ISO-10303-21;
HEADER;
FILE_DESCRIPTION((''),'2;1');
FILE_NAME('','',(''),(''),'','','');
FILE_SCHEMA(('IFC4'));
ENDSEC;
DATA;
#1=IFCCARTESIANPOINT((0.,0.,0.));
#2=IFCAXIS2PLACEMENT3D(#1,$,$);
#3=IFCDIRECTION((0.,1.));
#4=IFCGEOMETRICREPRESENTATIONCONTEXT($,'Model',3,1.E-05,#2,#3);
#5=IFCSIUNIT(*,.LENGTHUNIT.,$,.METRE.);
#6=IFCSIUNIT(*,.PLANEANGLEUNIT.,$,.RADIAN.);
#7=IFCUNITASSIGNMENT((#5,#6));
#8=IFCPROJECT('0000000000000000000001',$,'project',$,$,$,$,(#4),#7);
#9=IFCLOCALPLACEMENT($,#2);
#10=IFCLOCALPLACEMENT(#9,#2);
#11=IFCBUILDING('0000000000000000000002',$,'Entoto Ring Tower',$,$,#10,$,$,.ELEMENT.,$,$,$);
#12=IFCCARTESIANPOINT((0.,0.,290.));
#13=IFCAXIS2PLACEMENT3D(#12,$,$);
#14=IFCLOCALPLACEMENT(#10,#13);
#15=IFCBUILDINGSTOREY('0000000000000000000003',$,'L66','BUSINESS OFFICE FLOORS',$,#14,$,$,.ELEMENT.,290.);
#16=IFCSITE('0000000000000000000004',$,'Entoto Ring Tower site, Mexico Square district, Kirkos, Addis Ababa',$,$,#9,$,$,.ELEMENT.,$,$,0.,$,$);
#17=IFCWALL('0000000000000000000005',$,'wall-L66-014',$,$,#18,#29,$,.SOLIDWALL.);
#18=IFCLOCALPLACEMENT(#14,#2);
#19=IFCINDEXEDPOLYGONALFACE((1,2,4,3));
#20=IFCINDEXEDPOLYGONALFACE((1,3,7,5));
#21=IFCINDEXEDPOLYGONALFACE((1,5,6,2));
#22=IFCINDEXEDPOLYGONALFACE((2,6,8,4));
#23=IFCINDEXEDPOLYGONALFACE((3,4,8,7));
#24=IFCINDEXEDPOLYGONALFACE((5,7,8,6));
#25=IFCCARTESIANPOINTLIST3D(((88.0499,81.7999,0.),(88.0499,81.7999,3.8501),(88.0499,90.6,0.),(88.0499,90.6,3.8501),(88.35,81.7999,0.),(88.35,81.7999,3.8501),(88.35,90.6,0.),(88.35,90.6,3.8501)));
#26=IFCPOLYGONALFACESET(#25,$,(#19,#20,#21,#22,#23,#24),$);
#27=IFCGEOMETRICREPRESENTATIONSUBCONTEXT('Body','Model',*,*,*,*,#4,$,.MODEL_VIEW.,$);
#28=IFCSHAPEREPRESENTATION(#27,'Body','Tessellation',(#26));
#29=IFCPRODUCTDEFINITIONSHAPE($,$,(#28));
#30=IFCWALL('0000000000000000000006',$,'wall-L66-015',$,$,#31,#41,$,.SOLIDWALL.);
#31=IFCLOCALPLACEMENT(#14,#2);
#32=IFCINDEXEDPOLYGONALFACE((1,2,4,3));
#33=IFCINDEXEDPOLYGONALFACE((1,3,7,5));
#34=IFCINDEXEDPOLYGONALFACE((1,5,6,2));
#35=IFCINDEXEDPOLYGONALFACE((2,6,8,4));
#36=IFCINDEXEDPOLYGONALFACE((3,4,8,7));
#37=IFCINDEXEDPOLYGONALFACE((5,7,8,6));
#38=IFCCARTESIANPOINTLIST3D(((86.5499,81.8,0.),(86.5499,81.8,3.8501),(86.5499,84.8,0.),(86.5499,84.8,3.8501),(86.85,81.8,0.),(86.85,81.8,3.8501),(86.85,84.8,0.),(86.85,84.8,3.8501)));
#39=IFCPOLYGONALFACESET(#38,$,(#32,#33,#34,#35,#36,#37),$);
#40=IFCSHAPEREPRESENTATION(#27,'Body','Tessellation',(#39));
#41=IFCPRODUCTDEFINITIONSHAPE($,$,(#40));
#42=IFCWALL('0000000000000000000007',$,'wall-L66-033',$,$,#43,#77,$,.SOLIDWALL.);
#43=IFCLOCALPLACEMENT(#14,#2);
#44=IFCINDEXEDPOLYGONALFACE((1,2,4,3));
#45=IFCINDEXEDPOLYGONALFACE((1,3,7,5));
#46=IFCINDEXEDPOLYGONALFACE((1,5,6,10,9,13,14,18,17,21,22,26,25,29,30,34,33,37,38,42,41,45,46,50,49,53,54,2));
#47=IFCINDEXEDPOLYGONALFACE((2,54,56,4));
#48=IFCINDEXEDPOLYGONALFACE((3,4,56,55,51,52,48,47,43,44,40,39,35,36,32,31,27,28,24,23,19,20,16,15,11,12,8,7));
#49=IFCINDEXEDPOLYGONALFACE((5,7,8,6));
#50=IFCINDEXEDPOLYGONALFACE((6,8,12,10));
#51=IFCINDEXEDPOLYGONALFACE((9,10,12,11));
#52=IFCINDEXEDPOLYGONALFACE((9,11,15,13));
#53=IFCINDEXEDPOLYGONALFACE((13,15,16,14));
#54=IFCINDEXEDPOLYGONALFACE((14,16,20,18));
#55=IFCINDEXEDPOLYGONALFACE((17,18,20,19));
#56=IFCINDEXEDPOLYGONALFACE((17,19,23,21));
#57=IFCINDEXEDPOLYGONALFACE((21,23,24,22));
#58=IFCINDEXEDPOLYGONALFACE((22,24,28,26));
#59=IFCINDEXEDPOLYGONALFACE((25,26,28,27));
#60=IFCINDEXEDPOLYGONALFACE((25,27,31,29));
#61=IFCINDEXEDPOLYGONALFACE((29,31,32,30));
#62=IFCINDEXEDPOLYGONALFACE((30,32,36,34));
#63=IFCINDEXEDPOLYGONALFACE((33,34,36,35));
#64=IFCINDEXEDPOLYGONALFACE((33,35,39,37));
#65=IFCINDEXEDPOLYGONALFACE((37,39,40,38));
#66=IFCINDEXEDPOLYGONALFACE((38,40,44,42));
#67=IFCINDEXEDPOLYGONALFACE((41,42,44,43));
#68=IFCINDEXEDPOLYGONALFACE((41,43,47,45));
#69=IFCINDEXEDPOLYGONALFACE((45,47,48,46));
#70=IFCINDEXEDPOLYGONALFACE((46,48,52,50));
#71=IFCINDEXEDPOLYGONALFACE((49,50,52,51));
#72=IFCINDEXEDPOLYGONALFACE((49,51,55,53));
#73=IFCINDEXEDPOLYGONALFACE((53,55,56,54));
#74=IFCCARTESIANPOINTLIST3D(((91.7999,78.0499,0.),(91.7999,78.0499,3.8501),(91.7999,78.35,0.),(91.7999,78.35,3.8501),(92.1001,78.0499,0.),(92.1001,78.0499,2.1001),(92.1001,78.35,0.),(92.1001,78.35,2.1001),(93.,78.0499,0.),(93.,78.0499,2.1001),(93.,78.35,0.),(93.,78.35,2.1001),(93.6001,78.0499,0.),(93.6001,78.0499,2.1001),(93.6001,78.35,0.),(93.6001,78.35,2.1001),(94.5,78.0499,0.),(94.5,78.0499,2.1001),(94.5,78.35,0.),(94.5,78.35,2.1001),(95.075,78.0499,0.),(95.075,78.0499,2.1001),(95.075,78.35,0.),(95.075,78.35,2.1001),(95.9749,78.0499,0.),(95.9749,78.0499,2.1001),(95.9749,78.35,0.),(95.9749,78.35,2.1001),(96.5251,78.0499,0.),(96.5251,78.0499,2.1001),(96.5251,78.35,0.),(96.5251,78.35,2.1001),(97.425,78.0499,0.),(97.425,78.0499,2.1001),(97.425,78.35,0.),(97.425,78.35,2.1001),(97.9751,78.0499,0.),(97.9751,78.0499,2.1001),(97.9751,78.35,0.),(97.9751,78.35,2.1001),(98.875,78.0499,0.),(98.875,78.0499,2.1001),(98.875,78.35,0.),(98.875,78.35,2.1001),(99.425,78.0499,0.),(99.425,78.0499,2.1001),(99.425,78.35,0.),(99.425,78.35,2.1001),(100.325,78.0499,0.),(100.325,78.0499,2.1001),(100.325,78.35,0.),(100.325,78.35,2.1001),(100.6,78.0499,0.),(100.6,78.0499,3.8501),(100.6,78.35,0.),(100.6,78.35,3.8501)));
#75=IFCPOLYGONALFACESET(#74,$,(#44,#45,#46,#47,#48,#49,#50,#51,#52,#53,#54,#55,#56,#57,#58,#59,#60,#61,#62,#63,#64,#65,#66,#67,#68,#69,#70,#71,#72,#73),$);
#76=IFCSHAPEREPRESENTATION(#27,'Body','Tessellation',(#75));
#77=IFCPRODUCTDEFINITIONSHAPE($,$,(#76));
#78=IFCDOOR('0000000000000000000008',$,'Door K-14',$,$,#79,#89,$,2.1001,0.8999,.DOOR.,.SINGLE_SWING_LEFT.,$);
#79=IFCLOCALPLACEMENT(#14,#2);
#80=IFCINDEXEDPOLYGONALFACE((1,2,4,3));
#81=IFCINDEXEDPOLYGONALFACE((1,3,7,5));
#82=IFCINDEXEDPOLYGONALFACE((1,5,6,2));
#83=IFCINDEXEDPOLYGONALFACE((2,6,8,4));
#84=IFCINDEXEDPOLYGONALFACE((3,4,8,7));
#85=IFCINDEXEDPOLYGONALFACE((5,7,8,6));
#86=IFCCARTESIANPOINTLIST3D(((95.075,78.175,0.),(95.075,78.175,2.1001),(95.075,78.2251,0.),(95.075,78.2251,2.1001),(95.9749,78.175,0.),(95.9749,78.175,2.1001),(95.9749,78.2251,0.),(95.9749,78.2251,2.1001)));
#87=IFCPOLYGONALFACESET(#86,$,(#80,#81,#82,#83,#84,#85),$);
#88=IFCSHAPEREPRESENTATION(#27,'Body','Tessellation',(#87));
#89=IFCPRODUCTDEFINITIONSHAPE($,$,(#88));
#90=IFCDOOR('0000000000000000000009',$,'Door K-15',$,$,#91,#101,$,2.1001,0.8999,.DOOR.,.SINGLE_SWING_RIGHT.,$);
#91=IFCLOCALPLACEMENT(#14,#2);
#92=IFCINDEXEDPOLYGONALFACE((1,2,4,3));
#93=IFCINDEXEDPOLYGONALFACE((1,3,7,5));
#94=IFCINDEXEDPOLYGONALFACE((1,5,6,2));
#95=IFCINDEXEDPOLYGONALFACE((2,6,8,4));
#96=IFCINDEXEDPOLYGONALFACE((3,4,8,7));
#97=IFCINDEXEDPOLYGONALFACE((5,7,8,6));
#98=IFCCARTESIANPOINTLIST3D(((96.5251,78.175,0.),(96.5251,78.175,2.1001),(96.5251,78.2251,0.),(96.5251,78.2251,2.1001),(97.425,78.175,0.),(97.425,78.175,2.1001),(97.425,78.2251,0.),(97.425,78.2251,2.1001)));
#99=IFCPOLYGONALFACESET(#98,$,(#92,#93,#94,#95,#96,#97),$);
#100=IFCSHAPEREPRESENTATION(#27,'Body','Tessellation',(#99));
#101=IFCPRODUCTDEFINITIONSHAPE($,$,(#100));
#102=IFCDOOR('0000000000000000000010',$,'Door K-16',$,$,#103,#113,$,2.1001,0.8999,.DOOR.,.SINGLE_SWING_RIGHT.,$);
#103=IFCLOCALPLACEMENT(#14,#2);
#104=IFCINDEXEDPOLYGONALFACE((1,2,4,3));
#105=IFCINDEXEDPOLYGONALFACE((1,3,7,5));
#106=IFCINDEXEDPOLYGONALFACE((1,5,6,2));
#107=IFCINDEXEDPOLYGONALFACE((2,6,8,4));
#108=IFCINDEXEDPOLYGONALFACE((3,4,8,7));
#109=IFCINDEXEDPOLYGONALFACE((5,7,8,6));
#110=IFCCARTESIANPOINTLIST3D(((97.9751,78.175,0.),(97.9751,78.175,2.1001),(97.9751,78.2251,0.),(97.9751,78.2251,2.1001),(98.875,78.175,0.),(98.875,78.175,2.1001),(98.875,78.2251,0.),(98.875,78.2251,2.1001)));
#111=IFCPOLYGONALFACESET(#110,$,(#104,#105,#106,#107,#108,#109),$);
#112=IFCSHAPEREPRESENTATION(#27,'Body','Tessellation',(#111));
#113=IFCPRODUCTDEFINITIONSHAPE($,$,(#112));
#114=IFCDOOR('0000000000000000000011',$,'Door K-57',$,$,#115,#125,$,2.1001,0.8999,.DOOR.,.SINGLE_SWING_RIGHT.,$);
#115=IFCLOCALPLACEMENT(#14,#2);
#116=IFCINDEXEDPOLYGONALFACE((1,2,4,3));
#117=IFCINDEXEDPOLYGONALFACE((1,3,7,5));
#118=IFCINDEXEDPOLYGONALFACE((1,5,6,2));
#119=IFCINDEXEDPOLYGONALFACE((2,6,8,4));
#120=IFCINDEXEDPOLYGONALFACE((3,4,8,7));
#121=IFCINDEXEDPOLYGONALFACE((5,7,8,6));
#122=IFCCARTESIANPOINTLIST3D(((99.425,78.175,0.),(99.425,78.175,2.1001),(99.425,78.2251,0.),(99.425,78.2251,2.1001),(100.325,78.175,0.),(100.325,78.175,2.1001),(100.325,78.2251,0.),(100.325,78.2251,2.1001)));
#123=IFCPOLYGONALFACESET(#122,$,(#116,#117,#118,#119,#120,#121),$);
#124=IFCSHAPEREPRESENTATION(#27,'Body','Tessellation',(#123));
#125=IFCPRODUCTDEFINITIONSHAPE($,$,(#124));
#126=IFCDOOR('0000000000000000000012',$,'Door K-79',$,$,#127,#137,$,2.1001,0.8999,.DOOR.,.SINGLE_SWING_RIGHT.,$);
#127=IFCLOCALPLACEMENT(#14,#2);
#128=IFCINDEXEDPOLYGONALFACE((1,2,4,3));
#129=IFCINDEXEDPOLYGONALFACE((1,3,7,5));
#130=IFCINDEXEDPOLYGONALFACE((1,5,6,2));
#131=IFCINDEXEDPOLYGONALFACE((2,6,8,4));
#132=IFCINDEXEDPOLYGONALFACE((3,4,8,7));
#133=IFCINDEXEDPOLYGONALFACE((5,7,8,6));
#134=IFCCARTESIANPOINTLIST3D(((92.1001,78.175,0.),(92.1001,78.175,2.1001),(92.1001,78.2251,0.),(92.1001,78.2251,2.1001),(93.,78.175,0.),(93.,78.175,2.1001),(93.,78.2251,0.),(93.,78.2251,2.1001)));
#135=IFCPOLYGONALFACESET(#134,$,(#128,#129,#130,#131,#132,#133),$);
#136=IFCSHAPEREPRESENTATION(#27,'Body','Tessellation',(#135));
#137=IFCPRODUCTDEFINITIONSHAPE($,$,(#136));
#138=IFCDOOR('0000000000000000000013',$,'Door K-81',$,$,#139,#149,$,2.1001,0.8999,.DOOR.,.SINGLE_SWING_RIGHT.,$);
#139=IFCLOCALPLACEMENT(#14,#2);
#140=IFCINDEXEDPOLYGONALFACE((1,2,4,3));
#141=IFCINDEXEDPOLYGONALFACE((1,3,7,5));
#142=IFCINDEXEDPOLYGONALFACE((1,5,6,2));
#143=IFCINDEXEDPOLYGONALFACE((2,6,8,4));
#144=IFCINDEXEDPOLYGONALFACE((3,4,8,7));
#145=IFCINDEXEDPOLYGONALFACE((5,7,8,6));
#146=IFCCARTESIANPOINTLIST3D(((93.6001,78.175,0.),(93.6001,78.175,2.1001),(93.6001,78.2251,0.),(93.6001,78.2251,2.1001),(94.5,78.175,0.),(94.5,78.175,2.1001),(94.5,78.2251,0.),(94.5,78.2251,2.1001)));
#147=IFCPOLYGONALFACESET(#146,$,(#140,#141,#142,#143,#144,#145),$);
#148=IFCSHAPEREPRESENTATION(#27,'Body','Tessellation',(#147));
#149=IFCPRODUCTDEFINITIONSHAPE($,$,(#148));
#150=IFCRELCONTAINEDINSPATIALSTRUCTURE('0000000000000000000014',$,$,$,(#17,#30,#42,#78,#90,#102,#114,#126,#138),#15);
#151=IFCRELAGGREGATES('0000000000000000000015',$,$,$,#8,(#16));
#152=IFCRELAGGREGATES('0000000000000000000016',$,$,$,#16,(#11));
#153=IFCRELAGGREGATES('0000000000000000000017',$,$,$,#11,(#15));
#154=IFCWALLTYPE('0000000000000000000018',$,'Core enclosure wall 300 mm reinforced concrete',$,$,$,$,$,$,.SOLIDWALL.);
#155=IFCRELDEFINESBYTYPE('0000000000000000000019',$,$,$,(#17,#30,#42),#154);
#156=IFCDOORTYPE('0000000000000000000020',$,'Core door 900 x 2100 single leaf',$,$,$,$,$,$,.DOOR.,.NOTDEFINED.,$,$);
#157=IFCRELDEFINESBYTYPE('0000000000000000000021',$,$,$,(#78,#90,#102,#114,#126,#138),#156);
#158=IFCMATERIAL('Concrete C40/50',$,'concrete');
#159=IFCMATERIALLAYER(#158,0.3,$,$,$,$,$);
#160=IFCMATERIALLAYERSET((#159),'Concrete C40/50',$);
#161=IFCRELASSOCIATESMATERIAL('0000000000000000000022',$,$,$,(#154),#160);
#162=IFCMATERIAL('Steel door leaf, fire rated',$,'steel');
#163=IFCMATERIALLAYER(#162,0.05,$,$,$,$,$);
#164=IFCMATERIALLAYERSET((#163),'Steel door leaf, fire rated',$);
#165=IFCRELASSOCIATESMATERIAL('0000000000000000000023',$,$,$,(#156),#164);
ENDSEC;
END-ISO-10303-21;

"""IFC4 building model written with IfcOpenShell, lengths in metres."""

from ifc_helpers import new_model, si_unit, direction, frame, frame_2d, origin, place, context, subcontext, project, spatial, rectangle, extrude, material, layer, layer_set, type_object, element, fill, save


model = new_model("IFC4")

# Units and contexts
model_context = context("Model", 3, precision=1e-05, world=origin(), true_north=direction((0.0, 1.0)))
body_context = subcontext(model_context, "Body", "Model", "MODEL_VIEW")
ifc_project = project(units=[si_unit("LENGTHUNIT", "METRE"), si_unit("PLANEANGLEUNIT", "RADIAN")], contexts=[model_context])

# Site, building, storey
site_placement = place(None, origin())
site = spatial("IfcSite", under=ifc_project, at=site_placement, Name="Entoto Ring Tower site, Mexico Square district, Kirkos, Addis Ababa", CompositionType="ELEMENT", RefElevation=0.0)
building_placement = place(site_placement, origin())
building = spatial("IfcBuilding", under=site, at=building_placement, Name="Entoto Ring Tower", CompositionType="ELEMENT")
storey_placement = place(building_placement, frame((0.0, 0.0, 290.0)))
storey = spatial("IfcBuildingStorey", under=building, at=storey_placement, Name="L66", Description="BUSINESS OFFICE FLOORS", CompositionType="ELEMENT", Elevation=290.0)

# Shared definitions
ifc_material_1 = material(Name="Concrete C40/50", Category="concrete")
ifc_layer_1 = layer(ifc_material_1, 0.3)
ifc_layer_set_1 = layer_set([ifc_layer_1], Name="Concrete C40/50")
wall_type = type_object("IfcWallType", Name="Core enclosure wall 300 mm reinforced concrete", PredefinedType="SOLIDWALL", material=ifc_layer_set_1)

# Shared definitions
ifc_material_2 = material(Name="Steel door leaf, fire rated", Category="steel")
ifc_layer_2 = layer(ifc_material_2, 0.05)
ifc_layer_set_2 = layer_set([ifc_layer_2], Name="Steel door leaf, fire rated")
door_type_1 = type_object("IfcDoorType", Name="Core door 900 x 2100 single leaf", OperationType="NOTDEFINED", PredefinedType="DOOR", material=ifc_layer_set_2)

# Walls
wall_1_placement = place(storey_placement, frame((88.2, 81.8, 0.0), z_axis=(0.0, 0.0, 1.0), x_axis=(0.0, 1.0, 0.0)))
element("IfcWall", 1, at=wall_1_placement, inside=storey, type_object=wall_type, Name="wall-L66-014", PredefinedType="SOLIDWALL", context=body_context, shape_type="SweptSolid", body=[
    extrude(rectangle(XDim=8.8, YDim=0.3, at=frame_2d((4.3999, 0.0))), origin(), (0.0, 0.0, 1.0), 3.8501),
])
wall_2_placement = place(storey_placement, frame((86.7, 81.8, 0.0), z_axis=(0.0, 0.0, 1.0), x_axis=(0.0, 1.0, 0.0)))
element("IfcWall", 2, at=wall_2_placement, inside=storey, type_object=wall_type, Name="wall-L66-015", PredefinedType="SOLIDWALL", context=body_context, shape_type="SweptSolid", body=[
    extrude(rectangle(XDim=3.0, YDim=0.3, at=frame_2d((1.5, 0.0))), origin(), (0.0, 0.0, 1.0), 3.8501),
])

# Wall, openings, doors
wall_3_placement = place(storey_placement, frame((91.8, 78.2, 0.0), z_axis=(0.0, 0.0, 1.0), x_axis=(1.0, 0.0, 0.0)))
wall_3 = element("IfcWall", 3, at=wall_3_placement, inside=storey, type_object=wall_type, Name="wall-L66-033", PredefinedType="SOLIDWALL", context=body_context, shape_type="SweptSolid", body=[
    extrude(rectangle(XDim=8.8, YDim=0.3, at=frame_2d((4.3999, 0.0))), origin(), (0.0, 0.0, 1.0), 3.8501),
])
opening_1_placement = place(wall_3_placement, frame((3.2749, 0.0, 0.0)))
opening_1 = element("IfcOpeningElement", 4, at=opening_1_placement, cuts=wall_3, PredefinedType="OPENING", context=body_context, shape_type="SweptSolid", body=[
    extrude(rectangle(XDim=0.8999, YDim=2.1001, at=frame_2d((0.45, 1.05))), frame((0.0, 0.1602, 0.0), z_axis=(0.0, -1.0, 0.0), x_axis=(1.0, 0.0, 0.0)), (0.0, 0.0, 1.0), 0.3201),
])
opening_2_placement = place(wall_3_placement, frame((4.7251, 0.0, 0.0)))
opening_2 = element("IfcOpeningElement", 5, at=opening_2_placement, cuts=wall_3, PredefinedType="OPENING", context=body_context, shape_type="SweptSolid", body=[
    extrude(rectangle(XDim=0.8999, YDim=2.1001, at=frame_2d((0.45, 1.05))), frame((0.0, 0.1602, 0.0), z_axis=(0.0, -1.0, 0.0), x_axis=(1.0, 0.0, 0.0)), (0.0, 0.0, 1.0), 0.3201),
])
opening_3_placement = place(wall_3_placement, frame((6.175, 0.0, 0.0)))
opening_3 = element("IfcOpeningElement", 6, at=opening_3_placement, cuts=wall_3, PredefinedType="OPENING", context=body_context, shape_type="SweptSolid", body=[
    extrude(rectangle(XDim=0.8999, YDim=2.1001, at=frame_2d((0.45, 1.05))), frame((0.0, 0.1602, 0.0), z_axis=(0.0, -1.0, 0.0), x_axis=(1.0, 0.0, 0.0)), (0.0, 0.0, 1.0), 0.3201),
])
opening_4_placement = place(wall_3_placement, frame((7.625, 0.0, 0.0)))
opening_4 = element("IfcOpeningElement", 7, at=opening_4_placement, cuts=wall_3, PredefinedType="OPENING", context=body_context, shape_type="SweptSolid", body=[
    extrude(rectangle(XDim=0.8999, YDim=2.1001, at=frame_2d((0.45, 1.05))), frame((0.0, 0.1602, 0.0), z_axis=(0.0, -1.0, 0.0), x_axis=(1.0, 0.0, 0.0)), (0.0, 0.0, 1.0), 0.3201),
])
opening_5_placement = place(wall_3_placement, frame((0.3, 0.0, 0.0)))
opening_5 = element("IfcOpeningElement", 8, at=opening_5_placement, cuts=wall_3, PredefinedType="OPENING", context=body_context, shape_type="SweptSolid", body=[
    extrude(rectangle(XDim=0.8999, YDim=2.1001, at=frame_2d((0.45, 1.05))), frame((0.0, 0.1602, 0.0), z_axis=(0.0, -1.0, 0.0), x_axis=(1.0, 0.0, 0.0)), (0.0, 0.0, 1.0), 0.3201),
])
opening_6_placement = place(wall_3_placement, frame((1.8, 0.0, 0.0)))
opening_6 = element("IfcOpeningElement", 9, at=opening_6_placement, cuts=wall_3, PredefinedType="OPENING", context=body_context, shape_type="SweptSolid", body=[
    extrude(rectangle(XDim=0.8999, YDim=2.1001, at=frame_2d((0.45, 1.05))), frame((0.0, 0.1602, 0.0), z_axis=(0.0, -1.0, 0.0), x_axis=(1.0, 0.0, 0.0)), (0.0, 0.0, 1.0), 0.3201),
])
door_1_placement = place(opening_1_placement, frame((0.8999, 0.0, 0.0), z_axis=(0.0, 0.0, 1.0), x_axis=(-1.0, 0.0, 0.0)))
door_1 = element("IfcDoor", 10, at=door_1_placement, inside=storey, type_object=door_type_1, Name="Door K-14", OperationType="SINGLE_SWING_LEFT", OverallHeight=2.1001, OverallWidth=0.8999, PredefinedType="DOOR", context=body_context, shape_type="SweptSolid", body=[
    extrude(rectangle(XDim=0.8999, YDim=2.1001, at=frame_2d((0.45, 1.05))), frame((0.0, 0.0249, 0.0), z_axis=(0.0, -1.0, 0.0), x_axis=(1.0, 0.0, 0.0)), (0.0, 0.0, 1.0), 0.05),
])
fill(opening_1, door_1)
door_2_placement = place(opening_2_placement, frame((0.8999, 0.0, 0.0), z_axis=(0.0, 0.0, 1.0), x_axis=(-1.0, 0.0, 0.0)))
door_2 = element("IfcDoor", 11, at=door_2_placement, inside=storey, type_object=door_type_1, Name="Door K-15", OperationType="SINGLE_SWING_RIGHT", OverallHeight=2.1001, OverallWidth=0.8999, PredefinedType="DOOR", context=body_context, shape_type="SweptSolid", body=[
    extrude(rectangle(XDim=0.8999, YDim=2.1001, at=frame_2d((0.45, 1.05))), frame((0.0, 0.0249, 0.0), z_axis=(0.0, -1.0, 0.0), x_axis=(1.0, 0.0, 0.0)), (0.0, 0.0, 1.0), 0.05),
])
fill(opening_2, door_2)
door_3_placement = place(opening_3_placement, frame((0.8999, 0.0, 0.0), z_axis=(0.0, 0.0, 1.0), x_axis=(-1.0, 0.0, 0.0)))
door_3 = element("IfcDoor", 12, at=door_3_placement, inside=storey, type_object=door_type_1, Name="Door K-16", OperationType="SINGLE_SWING_RIGHT", OverallHeight=2.1001, OverallWidth=0.8999, PredefinedType="DOOR", context=body_context, shape_type="SweptSolid", body=[
    extrude(rectangle(XDim=0.8999, YDim=2.1001, at=frame_2d((0.45, 1.05))), frame((0.0, 0.0249, 0.0), z_axis=(0.0, -1.0, 0.0), x_axis=(1.0, 0.0, 0.0)), (0.0, 0.0, 1.0), 0.05),
])
fill(opening_3, door_3)
door_4_placement = place(opening_4_placement, frame((0.8999, 0.0, 0.0), z_axis=(0.0, 0.0, 1.0), x_axis=(-1.0, 0.0, 0.0)))
door_4 = element("IfcDoor", 13, at=door_4_placement, inside=storey, type_object=door_type_1, Name="Door K-57", OperationType="SINGLE_SWING_RIGHT", OverallHeight=2.1001, OverallWidth=0.8999, PredefinedType="DOOR", context=body_context, shape_type="SweptSolid", body=[
    extrude(rectangle(XDim=0.8999, YDim=2.1001, at=frame_2d((0.45, 1.05))), frame((0.0, 0.0249, 0.0), z_axis=(0.0, -1.0, 0.0), x_axis=(1.0, 0.0, 0.0)), (0.0, 0.0, 1.0), 0.05),
])
fill(opening_4, door_4)
door_5_placement = place(opening_5_placement, frame((0.8999, 0.0, 0.0), z_axis=(0.0, 0.0, 1.0), x_axis=(-1.0, 0.0, 0.0)))
door_5 = element("IfcDoor", 14, at=door_5_placement, inside=storey, type_object=door_type_1, Name="Door K-79", OperationType="SINGLE_SWING_RIGHT", OverallHeight=2.1001, OverallWidth=0.8999, PredefinedType="DOOR", context=body_context, shape_type="SweptSolid", body=[
    extrude(rectangle(XDim=0.8999, YDim=2.1001, at=frame_2d((0.45, 1.05))), frame((0.0, 0.0249, 0.0), z_axis=(0.0, -1.0, 0.0), x_axis=(1.0, 0.0, 0.0)), (0.0, 0.0, 1.0), 0.05),
])
fill(opening_5, door_5)
door_6_placement = place(opening_6_placement, frame((0.8999, 0.0, 0.0), z_axis=(0.0, 0.0, 1.0), x_axis=(-1.0, 0.0, 0.0)))
door_6 = element("IfcDoor", 15, at=door_6_placement, inside=storey, type_object=door_type_1, Name="Door K-81", OperationType="SINGLE_SWING_RIGHT", OverallHeight=2.1001, OverallWidth=0.8999, PredefinedType="DOOR", context=body_context, shape_type="SweptSolid", body=[
    extrude(rectangle(XDim=0.8999, YDim=2.1001, at=frame_2d((0.45, 1.05))), frame((0.0, 0.0249, 0.0), z_axis=(0.0, -1.0, 0.0), x_axis=(1.0, 0.0, 0.0)), (0.0, 0.0, 1.0), 0.05),
])
fill(opening_6, door_6)

save(model, "model.ifc")
